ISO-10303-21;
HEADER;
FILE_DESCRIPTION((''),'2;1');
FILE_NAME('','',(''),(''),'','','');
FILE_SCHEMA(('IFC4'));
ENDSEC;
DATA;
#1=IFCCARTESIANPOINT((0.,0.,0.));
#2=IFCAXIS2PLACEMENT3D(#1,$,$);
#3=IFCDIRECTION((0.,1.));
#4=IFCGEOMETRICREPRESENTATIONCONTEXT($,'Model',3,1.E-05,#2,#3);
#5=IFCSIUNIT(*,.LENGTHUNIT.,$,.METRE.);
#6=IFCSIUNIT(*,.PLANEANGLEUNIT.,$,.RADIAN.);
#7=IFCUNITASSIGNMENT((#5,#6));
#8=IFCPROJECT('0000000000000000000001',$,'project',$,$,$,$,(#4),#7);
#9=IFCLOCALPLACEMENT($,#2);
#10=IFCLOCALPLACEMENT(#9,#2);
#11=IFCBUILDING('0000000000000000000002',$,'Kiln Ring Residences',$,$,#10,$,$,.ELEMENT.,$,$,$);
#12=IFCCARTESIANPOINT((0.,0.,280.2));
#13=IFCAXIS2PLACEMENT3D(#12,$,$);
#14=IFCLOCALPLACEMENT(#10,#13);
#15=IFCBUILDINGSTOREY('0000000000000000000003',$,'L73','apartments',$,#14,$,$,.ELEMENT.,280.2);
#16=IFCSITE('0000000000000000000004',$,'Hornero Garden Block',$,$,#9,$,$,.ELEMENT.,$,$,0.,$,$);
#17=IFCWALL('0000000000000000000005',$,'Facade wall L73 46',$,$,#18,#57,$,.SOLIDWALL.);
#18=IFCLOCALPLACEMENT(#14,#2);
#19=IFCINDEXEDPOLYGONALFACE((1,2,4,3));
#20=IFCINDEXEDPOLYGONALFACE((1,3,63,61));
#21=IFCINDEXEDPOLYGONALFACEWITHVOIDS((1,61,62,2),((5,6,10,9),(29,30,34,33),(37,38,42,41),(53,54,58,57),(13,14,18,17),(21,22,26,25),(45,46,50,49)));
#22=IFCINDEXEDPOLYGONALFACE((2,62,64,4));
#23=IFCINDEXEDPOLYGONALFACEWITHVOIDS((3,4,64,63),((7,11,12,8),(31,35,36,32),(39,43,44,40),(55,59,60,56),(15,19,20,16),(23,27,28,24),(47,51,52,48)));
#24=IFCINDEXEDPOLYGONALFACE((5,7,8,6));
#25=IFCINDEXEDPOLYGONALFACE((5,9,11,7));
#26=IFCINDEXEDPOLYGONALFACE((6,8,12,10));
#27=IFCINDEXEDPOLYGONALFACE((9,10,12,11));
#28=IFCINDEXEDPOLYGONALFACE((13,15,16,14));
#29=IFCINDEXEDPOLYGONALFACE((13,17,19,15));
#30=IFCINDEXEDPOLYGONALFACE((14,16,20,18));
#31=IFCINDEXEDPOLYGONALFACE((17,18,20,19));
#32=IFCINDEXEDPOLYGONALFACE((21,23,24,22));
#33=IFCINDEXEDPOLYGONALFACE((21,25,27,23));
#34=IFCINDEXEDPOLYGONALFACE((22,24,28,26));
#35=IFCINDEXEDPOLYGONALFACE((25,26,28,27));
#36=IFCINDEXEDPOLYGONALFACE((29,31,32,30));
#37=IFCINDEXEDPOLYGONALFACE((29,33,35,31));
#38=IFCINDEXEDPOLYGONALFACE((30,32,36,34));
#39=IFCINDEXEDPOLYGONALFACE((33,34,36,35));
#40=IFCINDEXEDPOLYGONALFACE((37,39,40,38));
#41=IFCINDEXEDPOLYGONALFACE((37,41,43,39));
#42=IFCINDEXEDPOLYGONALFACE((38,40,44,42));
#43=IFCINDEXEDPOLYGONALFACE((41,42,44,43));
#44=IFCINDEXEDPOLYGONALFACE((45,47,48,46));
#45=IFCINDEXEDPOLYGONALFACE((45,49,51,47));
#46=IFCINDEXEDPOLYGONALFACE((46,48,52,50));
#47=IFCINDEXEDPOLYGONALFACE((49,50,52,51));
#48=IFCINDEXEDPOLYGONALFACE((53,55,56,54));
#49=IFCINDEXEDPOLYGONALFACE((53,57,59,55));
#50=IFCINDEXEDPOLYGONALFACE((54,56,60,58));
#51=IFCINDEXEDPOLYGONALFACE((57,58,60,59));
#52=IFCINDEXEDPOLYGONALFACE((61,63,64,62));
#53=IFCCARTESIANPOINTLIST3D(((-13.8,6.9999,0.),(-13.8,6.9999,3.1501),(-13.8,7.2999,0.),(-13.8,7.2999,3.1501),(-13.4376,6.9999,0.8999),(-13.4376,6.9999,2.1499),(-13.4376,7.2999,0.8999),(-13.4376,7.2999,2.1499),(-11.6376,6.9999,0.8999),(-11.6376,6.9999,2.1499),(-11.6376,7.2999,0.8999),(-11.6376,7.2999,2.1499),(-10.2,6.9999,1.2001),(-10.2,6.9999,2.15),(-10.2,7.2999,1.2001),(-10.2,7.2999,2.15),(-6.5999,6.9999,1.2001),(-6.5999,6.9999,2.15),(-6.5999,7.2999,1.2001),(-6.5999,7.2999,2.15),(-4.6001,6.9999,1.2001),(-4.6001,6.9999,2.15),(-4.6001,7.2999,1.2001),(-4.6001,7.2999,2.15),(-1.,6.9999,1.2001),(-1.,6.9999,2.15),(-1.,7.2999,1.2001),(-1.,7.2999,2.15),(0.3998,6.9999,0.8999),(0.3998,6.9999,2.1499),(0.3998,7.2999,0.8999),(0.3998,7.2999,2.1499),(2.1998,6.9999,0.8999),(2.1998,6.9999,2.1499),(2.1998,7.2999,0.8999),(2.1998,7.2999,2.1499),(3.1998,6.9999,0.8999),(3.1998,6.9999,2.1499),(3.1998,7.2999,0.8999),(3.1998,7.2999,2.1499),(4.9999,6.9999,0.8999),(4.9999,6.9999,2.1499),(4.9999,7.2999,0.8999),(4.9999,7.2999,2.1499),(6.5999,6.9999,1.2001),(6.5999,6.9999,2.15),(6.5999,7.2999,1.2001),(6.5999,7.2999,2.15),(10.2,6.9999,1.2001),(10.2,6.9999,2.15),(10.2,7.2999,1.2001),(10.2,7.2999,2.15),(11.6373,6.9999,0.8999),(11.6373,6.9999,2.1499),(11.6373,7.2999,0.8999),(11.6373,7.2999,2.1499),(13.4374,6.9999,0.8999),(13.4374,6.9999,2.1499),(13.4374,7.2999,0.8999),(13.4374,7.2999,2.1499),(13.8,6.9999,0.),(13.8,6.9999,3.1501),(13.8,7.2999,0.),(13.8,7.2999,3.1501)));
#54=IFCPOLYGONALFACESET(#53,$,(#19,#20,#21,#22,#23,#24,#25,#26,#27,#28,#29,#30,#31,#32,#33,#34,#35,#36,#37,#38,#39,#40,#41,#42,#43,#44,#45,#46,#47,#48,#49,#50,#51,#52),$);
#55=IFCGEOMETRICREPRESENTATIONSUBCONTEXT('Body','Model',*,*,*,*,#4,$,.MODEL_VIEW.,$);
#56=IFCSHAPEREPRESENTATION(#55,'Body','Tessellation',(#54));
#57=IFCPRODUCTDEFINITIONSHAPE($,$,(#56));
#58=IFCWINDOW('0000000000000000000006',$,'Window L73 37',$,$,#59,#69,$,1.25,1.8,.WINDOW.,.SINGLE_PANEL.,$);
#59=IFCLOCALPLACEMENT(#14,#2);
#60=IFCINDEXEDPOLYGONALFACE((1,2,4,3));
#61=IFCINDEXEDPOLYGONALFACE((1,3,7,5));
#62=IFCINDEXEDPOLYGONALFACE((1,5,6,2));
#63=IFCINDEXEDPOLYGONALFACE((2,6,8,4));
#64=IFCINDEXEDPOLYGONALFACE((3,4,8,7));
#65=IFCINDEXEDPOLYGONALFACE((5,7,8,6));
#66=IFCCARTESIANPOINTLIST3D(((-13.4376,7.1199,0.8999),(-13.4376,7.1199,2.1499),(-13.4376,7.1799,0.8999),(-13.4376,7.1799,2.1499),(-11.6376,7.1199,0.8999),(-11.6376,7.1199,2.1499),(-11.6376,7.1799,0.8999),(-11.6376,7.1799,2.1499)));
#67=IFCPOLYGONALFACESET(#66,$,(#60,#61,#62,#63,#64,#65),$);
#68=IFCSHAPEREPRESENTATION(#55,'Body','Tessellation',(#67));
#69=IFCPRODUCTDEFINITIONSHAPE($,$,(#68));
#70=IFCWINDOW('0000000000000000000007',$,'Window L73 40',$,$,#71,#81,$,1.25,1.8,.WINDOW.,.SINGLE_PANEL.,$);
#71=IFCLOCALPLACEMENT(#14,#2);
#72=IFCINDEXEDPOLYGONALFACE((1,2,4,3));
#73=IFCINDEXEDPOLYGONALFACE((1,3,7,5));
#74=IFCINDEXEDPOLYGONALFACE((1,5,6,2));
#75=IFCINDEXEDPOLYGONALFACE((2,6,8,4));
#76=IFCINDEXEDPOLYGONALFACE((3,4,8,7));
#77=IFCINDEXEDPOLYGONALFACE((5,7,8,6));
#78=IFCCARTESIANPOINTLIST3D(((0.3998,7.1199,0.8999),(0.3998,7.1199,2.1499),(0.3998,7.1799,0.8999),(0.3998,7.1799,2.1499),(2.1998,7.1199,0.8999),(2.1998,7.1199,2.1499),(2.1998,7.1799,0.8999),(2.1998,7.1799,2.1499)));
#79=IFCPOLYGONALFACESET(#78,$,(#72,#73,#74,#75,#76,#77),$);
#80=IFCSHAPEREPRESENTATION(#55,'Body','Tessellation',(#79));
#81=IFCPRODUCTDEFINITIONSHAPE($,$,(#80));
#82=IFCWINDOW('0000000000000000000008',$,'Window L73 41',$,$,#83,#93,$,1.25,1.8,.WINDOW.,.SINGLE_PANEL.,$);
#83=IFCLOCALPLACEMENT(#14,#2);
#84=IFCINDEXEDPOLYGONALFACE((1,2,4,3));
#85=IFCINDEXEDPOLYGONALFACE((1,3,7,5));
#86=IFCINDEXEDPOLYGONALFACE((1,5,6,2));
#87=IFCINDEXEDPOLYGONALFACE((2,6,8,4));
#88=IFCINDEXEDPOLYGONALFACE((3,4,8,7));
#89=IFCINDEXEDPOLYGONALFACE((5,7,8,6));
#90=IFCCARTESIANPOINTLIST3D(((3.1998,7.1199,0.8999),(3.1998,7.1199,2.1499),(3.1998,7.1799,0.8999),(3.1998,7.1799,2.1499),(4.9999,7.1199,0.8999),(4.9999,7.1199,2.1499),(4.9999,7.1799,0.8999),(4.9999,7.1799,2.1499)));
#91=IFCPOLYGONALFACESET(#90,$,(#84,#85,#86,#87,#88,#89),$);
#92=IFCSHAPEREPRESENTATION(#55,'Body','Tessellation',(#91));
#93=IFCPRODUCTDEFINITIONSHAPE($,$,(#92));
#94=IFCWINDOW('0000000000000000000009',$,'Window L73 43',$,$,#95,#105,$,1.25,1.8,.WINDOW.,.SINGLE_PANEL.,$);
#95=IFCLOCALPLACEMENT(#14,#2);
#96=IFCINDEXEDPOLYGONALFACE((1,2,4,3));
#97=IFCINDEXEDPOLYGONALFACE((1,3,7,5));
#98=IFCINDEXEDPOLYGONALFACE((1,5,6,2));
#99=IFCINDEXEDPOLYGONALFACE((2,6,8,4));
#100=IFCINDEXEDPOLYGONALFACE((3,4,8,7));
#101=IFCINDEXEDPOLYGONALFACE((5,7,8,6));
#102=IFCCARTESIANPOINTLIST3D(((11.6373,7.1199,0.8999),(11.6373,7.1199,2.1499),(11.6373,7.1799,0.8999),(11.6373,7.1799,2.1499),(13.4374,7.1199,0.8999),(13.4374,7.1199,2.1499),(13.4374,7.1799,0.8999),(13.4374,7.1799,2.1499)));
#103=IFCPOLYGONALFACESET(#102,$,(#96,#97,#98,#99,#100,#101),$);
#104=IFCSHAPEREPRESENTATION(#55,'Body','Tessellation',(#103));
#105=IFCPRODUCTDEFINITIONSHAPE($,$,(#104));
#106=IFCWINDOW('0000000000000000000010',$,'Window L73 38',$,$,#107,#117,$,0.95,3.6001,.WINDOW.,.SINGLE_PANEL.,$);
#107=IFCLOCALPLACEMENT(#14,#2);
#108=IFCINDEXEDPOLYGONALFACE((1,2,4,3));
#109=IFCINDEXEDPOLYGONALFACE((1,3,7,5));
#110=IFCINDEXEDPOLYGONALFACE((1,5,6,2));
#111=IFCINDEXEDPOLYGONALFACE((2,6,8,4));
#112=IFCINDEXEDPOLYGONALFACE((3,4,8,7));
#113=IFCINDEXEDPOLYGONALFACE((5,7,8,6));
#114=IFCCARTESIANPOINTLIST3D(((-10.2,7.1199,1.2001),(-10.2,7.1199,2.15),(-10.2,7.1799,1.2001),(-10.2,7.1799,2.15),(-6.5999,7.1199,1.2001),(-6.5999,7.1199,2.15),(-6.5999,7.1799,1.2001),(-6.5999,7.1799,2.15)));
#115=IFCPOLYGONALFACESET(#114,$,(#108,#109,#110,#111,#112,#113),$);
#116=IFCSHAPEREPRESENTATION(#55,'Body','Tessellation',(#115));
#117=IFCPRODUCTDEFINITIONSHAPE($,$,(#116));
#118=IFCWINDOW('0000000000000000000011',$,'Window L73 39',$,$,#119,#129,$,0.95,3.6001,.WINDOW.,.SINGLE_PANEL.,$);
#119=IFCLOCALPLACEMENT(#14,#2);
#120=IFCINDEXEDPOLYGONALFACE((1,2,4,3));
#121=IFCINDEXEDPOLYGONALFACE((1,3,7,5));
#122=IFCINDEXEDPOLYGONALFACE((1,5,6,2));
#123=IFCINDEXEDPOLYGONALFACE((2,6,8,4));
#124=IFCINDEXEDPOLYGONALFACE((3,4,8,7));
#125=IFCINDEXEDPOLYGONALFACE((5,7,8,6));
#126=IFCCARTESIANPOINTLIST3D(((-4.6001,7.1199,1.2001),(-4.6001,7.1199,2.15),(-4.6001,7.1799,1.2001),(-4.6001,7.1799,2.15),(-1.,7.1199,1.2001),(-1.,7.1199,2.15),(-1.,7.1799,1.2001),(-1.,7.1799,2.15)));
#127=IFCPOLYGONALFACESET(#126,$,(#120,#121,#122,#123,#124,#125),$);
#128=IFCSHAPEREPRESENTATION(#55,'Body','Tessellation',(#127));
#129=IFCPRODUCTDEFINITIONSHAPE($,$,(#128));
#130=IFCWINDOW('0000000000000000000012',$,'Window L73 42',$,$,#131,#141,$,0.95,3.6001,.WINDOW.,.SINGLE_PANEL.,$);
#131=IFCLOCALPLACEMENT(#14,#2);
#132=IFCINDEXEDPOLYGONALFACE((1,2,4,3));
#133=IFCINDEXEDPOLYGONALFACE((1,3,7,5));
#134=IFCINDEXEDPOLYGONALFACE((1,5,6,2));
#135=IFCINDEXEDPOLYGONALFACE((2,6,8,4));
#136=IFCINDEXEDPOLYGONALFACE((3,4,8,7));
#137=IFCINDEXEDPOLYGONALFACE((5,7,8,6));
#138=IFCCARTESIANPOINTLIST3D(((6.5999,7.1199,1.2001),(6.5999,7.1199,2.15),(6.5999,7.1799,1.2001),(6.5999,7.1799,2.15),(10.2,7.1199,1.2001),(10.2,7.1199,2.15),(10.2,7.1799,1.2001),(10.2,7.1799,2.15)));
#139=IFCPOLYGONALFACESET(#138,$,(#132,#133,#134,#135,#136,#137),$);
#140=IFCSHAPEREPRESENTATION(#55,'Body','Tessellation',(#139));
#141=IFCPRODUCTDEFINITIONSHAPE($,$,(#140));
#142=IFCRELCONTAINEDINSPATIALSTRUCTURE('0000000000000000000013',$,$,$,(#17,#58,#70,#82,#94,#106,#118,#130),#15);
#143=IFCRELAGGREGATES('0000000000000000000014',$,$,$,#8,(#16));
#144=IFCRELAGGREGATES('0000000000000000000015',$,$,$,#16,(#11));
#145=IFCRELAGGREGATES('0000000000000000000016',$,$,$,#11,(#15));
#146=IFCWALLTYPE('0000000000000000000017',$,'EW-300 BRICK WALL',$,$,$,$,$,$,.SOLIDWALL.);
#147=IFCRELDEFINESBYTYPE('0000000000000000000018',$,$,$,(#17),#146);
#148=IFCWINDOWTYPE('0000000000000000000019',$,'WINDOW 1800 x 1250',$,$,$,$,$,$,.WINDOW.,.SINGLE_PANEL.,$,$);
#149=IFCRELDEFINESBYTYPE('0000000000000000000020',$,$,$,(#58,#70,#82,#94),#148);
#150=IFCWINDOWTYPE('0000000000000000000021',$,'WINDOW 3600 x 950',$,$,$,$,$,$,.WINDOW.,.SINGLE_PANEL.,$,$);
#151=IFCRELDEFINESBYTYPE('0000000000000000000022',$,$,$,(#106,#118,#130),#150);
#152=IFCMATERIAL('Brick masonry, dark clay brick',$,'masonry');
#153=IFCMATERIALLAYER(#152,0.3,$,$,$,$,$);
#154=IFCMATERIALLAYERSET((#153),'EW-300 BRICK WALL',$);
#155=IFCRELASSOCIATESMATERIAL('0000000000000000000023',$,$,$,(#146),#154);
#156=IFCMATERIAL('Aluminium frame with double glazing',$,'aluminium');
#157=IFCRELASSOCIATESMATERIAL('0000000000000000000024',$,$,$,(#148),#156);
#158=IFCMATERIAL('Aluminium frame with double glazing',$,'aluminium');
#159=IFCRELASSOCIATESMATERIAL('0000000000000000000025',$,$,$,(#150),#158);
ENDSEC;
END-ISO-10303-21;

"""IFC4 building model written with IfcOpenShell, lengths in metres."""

from ifc_helpers import new_model, si_unit, direction, frame, frame_2d, origin, place, context, subcontext, project, spatial, rectangle, extrude, material, layer, layer_set, type_object, element, fill, save


model = new_model("IFC4")

# Units and contexts
model_context = context("Model", 3, precision=1e-05, world=origin(), true_north=direction((0.0, 1.0)))
body_context = subcontext(model_context, "Body", "Model", "MODEL_VIEW")
ifc_project = project(units=[si_unit("LENGTHUNIT", "METRE"), si_unit("PLANEANGLEUNIT", "RADIAN")], contexts=[model_context])

# Site, building, storey
site_placement = place(None, origin())
site = spatial("IfcSite", under=ifc_project, at=site_placement, Name="Hornero Garden Block", CompositionType="ELEMENT", RefElevation=0.0)
building_placement = place(site_placement, origin())
building = spatial("IfcBuilding", under=site, at=building_placement, Name="Kiln Ring Residences", CompositionType="ELEMENT")
storey_placement = place(building_placement, frame((0.0, 0.0, 280.2)))
storey = spatial("IfcBuildingStorey", under=building, at=storey_placement, Name="L73", Description="apartments", CompositionType="ELEMENT", Elevation=280.2)

# Wall, openings, windows
ifc_material_1 = material(Name="Brick masonry, dark clay brick", Category="masonry")
ifc_layer_1 = layer(ifc_material_1, 0.3)
ifc_layer_set_1 = layer_set([ifc_layer_1], Name="EW-300 BRICK WALL")
wall_type_1 = type_object("IfcWallType", Name="EW-300 BRICK WALL", PredefinedType="SOLIDWALL", material=ifc_layer_set_1)
wall_1_placement = place(storey_placement, frame((-13.8, 7.1499, 0.0), z_axis=(0.0, 0.0, 1.0), x_axis=(1.0, 0.0, 0.0)))
wall_1 = element("IfcWall", 1, at=wall_1_placement, inside=storey, type_object=wall_type_1, Name="Facade wall L73 46", PredefinedType="SOLIDWALL", context=body_context, shape_type="SweptSolid", body=[
    extrude(rectangle(XDim=27.6001, YDim=0.3, at=frame_2d((13.8, 0.0))), origin(), (0.0, 0.0, 1.0), 3.1501),
])
opening_1_placement = place(wall_1_placement, frame((0.3625, 0.0, 0.8999)))
opening_1 = element("IfcOpeningElement", 2, at=opening_1_placement, cuts=wall_1, PredefinedType="OPENING", context=body_context, shape_type="SweptSolid", body=[
    extrude(rectangle(XDim=1.8, YDim=1.25, at=frame_2d((0.8999, 0.625))), frame((0.0, 0.1599, 0.0), z_axis=(0.0, -1.0, 0.0), x_axis=(1.0, 0.0, 0.0)), (0.0, 0.0, 1.0), 0.3201),
])
opening_2_placement = place(wall_1_placement, frame((3.6001, 0.0, 1.2)))
opening_2 = element("IfcOpeningElement", 3, at=opening_2_placement, cuts=wall_1, PredefinedType="OPENING", context=body_context, shape_type="SweptSolid", body=[
    extrude(rectangle(XDim=3.6001, YDim=0.95, at=frame_2d((1.8, 0.4751))), frame((0.0, 0.1599, 0.0), z_axis=(0.0, -1.0, 0.0), x_axis=(1.0, 0.0, 0.0)), (0.0, 0.0, 1.0), 0.3201),
])
opening_3_placement = place(wall_1_placement, frame((9.2, 0.0, 1.2)))
opening_3 = element("IfcOpeningElement", 4, at=opening_3_placement, cuts=wall_1, PredefinedType="OPENING", context=body_context, shape_type="SweptSolid", body=[
    extrude(rectangle(XDim=3.6001, YDim=0.95, at=frame_2d((1.8, 0.4751))), frame((0.0, 0.1599, 0.0), z_axis=(0.0, -1.0, 0.0), x_axis=(1.0, 0.0, 0.0)), (0.0, 0.0, 1.0), 0.3201),
])
opening_4_placement = place(wall_1_placement, frame((14.2, 0.0, 0.8999)))
opening_4 = element("IfcOpeningElement", 5, at=opening_4_placement, cuts=wall_1, PredefinedType="OPENING", context=body_context, shape_type="SweptSolid", body=[
    extrude(rectangle(XDim=1.8, YDim=1.25, at=frame_2d((0.8999, 0.625))), frame((0.0, 0.1599, 0.0), z_axis=(0.0, -1.0, 0.0), x_axis=(1.0, 0.0, 0.0)), (0.0, 0.0, 1.0), 0.3201),
])
opening_5_placement = place(wall_1_placement, frame((17.0, 0.0, 0.8999)))
opening_5 = element("IfcOpeningElement", 6, at=opening_5_placement, cuts=wall_1, PredefinedType="OPENING", context=body_context, shape_type="SweptSolid", body=[
    extrude(rectangle(XDim=1.8, YDim=1.25, at=frame_2d((0.8999, 0.625))), frame((0.0, 0.1599, 0.0), z_axis=(0.0, -1.0, 0.0), x_axis=(1.0, 0.0, 0.0)), (0.0, 0.0, 1.0), 0.3201),
])
opening_6_placement = place(wall_1_placement, frame((20.3999, 0.0, 1.2)))
opening_6 = element("IfcOpeningElement", 7, at=opening_6_placement, cuts=wall_1, PredefinedType="OPENING", context=body_context, shape_type="SweptSolid", body=[
    extrude(rectangle(XDim=3.6001, YDim=0.95, at=frame_2d((1.8, 0.4751))), frame((0.0, 0.1599, 0.0), z_axis=(0.0, -1.0, 0.0), x_axis=(1.0, 0.0, 0.0)), (0.0, 0.0, 1.0), 0.3201),
])
opening_7_placement = place(wall_1_placement, frame((25.4375, 0.0, 0.8999)))
opening_7 = element("IfcOpeningElement", 8, at=opening_7_placement, cuts=wall_1, PredefinedType="OPENING", context=body_context, shape_type="SweptSolid", body=[
    extrude(rectangle(XDim=1.8, YDim=1.25, at=frame_2d((0.8999, 0.625))), frame((0.0, 0.1599, 0.0), z_axis=(0.0, -1.0, 0.0), x_axis=(1.0, 0.0, 0.0)), (0.0, 0.0, 1.0), 0.3201),
])
ifc_material_2 = material(Name="Aluminium frame with double glazing", Category="aluminium")
window_type_1 = type_object("IfcWindowType", Name="WINDOW 1800 x 1250", PartitioningType="SINGLE_PANEL", PredefinedType="WINDOW", material=ifc_material_2)
window_1_placement = place(opening_1_placement, origin())
window_1 = element("IfcWindow", 9, at=window_1_placement, inside=storey, type_object=window_type_1, Name="Window L73 37", OverallHeight=1.25, OverallWidth=1.8, PartitioningType="SINGLE_PANEL", PredefinedType="WINDOW", context=body_context, shape_type="SweptSolid", body=[
    extrude(rectangle(XDim=1.8, YDim=1.25, at=frame_2d((0.8999, 0.625))), frame((0.0, 0.03, 0.0), z_axis=(0.0, -1.0, 0.0), x_axis=(1.0, 0.0, 0.0)), (0.0, 0.0, 1.0), 0.0601),
])
fill(opening_1, window_1)
window_2_placement = place(opening_4_placement, origin())
window_2 = element("IfcWindow", 10, at=window_2_placement, inside=storey, type_object=window_type_1, Name="Window L73 40", OverallHeight=1.25, OverallWidth=1.8, PartitioningType="SINGLE_PANEL", PredefinedType="WINDOW", context=body_context, shape_type="SweptSolid", body=[
    extrude(rectangle(XDim=1.8, YDim=1.25, at=frame_2d((0.8999, 0.625))), frame((0.0, 0.03, 0.0), z_axis=(0.0, -1.0, 0.0), x_axis=(1.0, 0.0, 0.0)), (0.0, 0.0, 1.0), 0.0601),
])
fill(opening_4, window_2)
window_3_placement = place(opening_5_placement, origin())
window_3 = element("IfcWindow", 11, at=window_3_placement, inside=storey, type_object=window_type_1, Name="Window L73 41", OverallHeight=1.25, OverallWidth=1.8, PartitioningType="SINGLE_PANEL", PredefinedType="WINDOW", context=body_context, shape_type="SweptSolid", body=[
    extrude(rectangle(XDim=1.8, YDim=1.25, at=frame_2d((0.8999, 0.625))), frame((0.0, 0.03, 0.0), z_axis=(0.0, -1.0, 0.0), x_axis=(1.0, 0.0, 0.0)), (0.0, 0.0, 1.0), 0.0601),
])
fill(opening_5, window_3)
window_4_placement = place(opening_7_placement, origin())
window_4 = element("IfcWindow", 12, at=window_4_placement, inside=storey, type_object=window_type_1, Name="Window L73 43", OverallHeight=1.25, OverallWidth=1.8, PartitioningType="SINGLE_PANEL", PredefinedType="WINDOW", context=body_context, shape_type="SweptSolid", body=[
    extrude(rectangle(XDim=1.8, YDim=1.25, at=frame_2d((0.8999, 0.625))), frame((0.0, 0.03, 0.0), z_axis=(0.0, -1.0, 0.0), x_axis=(1.0, 0.0, 0.0)), (0.0, 0.0, 1.0), 0.0601),
])
fill(opening_7, window_4)
ifc_material_3 = material(Name="Aluminium frame with double glazing", Category="aluminium")
window_type_2 = type_object("IfcWindowType", Name="WINDOW 3600 x 950", PartitioningType="SINGLE_PANEL", PredefinedType="WINDOW", material=ifc_material_3)
window_5_placement = place(opening_2_placement, origin())
window_5 = element("IfcWindow", 13, at=window_5_placement, inside=storey, type_object=window_type_2, Name="Window L73 38", OverallHeight=0.95, OverallWidth=3.6001, PartitioningType="SINGLE_PANEL", PredefinedType="WINDOW", context=body_context, shape_type="SweptSolid", body=[
    extrude(rectangle(XDim=3.6001, YDim=0.95, at=frame_2d((1.8, 0.4751))), frame((0.0, 0.03, 0.0), z_axis=(0.0, -1.0, 0.0), x_axis=(1.0, 0.0, 0.0)), (0.0, 0.0, 1.0), 0.0601),
])
fill(opening_2, window_5)
window_6_placement = place(opening_3_placement, origin())
window_6 = element("IfcWindow", 14, at=window_6_placement, inside=storey, type_object=window_type_2, Name="Window L73 39", OverallHeight=0.95, OverallWidth=3.6001, PartitioningType="SINGLE_PANEL", PredefinedType="WINDOW", context=body_context, shape_type="SweptSolid", body=[
    extrude(rectangle(XDim=3.6001, YDim=0.95, at=frame_2d((1.8, 0.4751))), frame((0.0, 0.03, 0.0), z_axis=(0.0, -1.0, 0.0), x_axis=(1.0, 0.0, 0.0)), (0.0, 0.0, 1.0), 0.0601),
])
fill(opening_3, window_6)
window_7_placement = place(opening_6_placement, origin())
window_7 = element("IfcWindow", 15, at=window_7_placement, inside=storey, type_object=window_type_2, Name="Window L73 42", OverallHeight=0.95, OverallWidth=3.6001, PartitioningType="SINGLE_PANEL", PredefinedType="WINDOW", context=body_context, shape_type="SweptSolid", body=[
    extrude(rectangle(XDim=3.6001, YDim=0.95, at=frame_2d((1.8, 0.4751))), frame((0.0, 0.03, 0.0), z_axis=(0.0, -1.0, 0.0), x_axis=(1.0, 0.0, 0.0)), (0.0, 0.0, 1.0), 0.0601),
])
fill(opening_6, window_7)

save(model, "model.ifc")
